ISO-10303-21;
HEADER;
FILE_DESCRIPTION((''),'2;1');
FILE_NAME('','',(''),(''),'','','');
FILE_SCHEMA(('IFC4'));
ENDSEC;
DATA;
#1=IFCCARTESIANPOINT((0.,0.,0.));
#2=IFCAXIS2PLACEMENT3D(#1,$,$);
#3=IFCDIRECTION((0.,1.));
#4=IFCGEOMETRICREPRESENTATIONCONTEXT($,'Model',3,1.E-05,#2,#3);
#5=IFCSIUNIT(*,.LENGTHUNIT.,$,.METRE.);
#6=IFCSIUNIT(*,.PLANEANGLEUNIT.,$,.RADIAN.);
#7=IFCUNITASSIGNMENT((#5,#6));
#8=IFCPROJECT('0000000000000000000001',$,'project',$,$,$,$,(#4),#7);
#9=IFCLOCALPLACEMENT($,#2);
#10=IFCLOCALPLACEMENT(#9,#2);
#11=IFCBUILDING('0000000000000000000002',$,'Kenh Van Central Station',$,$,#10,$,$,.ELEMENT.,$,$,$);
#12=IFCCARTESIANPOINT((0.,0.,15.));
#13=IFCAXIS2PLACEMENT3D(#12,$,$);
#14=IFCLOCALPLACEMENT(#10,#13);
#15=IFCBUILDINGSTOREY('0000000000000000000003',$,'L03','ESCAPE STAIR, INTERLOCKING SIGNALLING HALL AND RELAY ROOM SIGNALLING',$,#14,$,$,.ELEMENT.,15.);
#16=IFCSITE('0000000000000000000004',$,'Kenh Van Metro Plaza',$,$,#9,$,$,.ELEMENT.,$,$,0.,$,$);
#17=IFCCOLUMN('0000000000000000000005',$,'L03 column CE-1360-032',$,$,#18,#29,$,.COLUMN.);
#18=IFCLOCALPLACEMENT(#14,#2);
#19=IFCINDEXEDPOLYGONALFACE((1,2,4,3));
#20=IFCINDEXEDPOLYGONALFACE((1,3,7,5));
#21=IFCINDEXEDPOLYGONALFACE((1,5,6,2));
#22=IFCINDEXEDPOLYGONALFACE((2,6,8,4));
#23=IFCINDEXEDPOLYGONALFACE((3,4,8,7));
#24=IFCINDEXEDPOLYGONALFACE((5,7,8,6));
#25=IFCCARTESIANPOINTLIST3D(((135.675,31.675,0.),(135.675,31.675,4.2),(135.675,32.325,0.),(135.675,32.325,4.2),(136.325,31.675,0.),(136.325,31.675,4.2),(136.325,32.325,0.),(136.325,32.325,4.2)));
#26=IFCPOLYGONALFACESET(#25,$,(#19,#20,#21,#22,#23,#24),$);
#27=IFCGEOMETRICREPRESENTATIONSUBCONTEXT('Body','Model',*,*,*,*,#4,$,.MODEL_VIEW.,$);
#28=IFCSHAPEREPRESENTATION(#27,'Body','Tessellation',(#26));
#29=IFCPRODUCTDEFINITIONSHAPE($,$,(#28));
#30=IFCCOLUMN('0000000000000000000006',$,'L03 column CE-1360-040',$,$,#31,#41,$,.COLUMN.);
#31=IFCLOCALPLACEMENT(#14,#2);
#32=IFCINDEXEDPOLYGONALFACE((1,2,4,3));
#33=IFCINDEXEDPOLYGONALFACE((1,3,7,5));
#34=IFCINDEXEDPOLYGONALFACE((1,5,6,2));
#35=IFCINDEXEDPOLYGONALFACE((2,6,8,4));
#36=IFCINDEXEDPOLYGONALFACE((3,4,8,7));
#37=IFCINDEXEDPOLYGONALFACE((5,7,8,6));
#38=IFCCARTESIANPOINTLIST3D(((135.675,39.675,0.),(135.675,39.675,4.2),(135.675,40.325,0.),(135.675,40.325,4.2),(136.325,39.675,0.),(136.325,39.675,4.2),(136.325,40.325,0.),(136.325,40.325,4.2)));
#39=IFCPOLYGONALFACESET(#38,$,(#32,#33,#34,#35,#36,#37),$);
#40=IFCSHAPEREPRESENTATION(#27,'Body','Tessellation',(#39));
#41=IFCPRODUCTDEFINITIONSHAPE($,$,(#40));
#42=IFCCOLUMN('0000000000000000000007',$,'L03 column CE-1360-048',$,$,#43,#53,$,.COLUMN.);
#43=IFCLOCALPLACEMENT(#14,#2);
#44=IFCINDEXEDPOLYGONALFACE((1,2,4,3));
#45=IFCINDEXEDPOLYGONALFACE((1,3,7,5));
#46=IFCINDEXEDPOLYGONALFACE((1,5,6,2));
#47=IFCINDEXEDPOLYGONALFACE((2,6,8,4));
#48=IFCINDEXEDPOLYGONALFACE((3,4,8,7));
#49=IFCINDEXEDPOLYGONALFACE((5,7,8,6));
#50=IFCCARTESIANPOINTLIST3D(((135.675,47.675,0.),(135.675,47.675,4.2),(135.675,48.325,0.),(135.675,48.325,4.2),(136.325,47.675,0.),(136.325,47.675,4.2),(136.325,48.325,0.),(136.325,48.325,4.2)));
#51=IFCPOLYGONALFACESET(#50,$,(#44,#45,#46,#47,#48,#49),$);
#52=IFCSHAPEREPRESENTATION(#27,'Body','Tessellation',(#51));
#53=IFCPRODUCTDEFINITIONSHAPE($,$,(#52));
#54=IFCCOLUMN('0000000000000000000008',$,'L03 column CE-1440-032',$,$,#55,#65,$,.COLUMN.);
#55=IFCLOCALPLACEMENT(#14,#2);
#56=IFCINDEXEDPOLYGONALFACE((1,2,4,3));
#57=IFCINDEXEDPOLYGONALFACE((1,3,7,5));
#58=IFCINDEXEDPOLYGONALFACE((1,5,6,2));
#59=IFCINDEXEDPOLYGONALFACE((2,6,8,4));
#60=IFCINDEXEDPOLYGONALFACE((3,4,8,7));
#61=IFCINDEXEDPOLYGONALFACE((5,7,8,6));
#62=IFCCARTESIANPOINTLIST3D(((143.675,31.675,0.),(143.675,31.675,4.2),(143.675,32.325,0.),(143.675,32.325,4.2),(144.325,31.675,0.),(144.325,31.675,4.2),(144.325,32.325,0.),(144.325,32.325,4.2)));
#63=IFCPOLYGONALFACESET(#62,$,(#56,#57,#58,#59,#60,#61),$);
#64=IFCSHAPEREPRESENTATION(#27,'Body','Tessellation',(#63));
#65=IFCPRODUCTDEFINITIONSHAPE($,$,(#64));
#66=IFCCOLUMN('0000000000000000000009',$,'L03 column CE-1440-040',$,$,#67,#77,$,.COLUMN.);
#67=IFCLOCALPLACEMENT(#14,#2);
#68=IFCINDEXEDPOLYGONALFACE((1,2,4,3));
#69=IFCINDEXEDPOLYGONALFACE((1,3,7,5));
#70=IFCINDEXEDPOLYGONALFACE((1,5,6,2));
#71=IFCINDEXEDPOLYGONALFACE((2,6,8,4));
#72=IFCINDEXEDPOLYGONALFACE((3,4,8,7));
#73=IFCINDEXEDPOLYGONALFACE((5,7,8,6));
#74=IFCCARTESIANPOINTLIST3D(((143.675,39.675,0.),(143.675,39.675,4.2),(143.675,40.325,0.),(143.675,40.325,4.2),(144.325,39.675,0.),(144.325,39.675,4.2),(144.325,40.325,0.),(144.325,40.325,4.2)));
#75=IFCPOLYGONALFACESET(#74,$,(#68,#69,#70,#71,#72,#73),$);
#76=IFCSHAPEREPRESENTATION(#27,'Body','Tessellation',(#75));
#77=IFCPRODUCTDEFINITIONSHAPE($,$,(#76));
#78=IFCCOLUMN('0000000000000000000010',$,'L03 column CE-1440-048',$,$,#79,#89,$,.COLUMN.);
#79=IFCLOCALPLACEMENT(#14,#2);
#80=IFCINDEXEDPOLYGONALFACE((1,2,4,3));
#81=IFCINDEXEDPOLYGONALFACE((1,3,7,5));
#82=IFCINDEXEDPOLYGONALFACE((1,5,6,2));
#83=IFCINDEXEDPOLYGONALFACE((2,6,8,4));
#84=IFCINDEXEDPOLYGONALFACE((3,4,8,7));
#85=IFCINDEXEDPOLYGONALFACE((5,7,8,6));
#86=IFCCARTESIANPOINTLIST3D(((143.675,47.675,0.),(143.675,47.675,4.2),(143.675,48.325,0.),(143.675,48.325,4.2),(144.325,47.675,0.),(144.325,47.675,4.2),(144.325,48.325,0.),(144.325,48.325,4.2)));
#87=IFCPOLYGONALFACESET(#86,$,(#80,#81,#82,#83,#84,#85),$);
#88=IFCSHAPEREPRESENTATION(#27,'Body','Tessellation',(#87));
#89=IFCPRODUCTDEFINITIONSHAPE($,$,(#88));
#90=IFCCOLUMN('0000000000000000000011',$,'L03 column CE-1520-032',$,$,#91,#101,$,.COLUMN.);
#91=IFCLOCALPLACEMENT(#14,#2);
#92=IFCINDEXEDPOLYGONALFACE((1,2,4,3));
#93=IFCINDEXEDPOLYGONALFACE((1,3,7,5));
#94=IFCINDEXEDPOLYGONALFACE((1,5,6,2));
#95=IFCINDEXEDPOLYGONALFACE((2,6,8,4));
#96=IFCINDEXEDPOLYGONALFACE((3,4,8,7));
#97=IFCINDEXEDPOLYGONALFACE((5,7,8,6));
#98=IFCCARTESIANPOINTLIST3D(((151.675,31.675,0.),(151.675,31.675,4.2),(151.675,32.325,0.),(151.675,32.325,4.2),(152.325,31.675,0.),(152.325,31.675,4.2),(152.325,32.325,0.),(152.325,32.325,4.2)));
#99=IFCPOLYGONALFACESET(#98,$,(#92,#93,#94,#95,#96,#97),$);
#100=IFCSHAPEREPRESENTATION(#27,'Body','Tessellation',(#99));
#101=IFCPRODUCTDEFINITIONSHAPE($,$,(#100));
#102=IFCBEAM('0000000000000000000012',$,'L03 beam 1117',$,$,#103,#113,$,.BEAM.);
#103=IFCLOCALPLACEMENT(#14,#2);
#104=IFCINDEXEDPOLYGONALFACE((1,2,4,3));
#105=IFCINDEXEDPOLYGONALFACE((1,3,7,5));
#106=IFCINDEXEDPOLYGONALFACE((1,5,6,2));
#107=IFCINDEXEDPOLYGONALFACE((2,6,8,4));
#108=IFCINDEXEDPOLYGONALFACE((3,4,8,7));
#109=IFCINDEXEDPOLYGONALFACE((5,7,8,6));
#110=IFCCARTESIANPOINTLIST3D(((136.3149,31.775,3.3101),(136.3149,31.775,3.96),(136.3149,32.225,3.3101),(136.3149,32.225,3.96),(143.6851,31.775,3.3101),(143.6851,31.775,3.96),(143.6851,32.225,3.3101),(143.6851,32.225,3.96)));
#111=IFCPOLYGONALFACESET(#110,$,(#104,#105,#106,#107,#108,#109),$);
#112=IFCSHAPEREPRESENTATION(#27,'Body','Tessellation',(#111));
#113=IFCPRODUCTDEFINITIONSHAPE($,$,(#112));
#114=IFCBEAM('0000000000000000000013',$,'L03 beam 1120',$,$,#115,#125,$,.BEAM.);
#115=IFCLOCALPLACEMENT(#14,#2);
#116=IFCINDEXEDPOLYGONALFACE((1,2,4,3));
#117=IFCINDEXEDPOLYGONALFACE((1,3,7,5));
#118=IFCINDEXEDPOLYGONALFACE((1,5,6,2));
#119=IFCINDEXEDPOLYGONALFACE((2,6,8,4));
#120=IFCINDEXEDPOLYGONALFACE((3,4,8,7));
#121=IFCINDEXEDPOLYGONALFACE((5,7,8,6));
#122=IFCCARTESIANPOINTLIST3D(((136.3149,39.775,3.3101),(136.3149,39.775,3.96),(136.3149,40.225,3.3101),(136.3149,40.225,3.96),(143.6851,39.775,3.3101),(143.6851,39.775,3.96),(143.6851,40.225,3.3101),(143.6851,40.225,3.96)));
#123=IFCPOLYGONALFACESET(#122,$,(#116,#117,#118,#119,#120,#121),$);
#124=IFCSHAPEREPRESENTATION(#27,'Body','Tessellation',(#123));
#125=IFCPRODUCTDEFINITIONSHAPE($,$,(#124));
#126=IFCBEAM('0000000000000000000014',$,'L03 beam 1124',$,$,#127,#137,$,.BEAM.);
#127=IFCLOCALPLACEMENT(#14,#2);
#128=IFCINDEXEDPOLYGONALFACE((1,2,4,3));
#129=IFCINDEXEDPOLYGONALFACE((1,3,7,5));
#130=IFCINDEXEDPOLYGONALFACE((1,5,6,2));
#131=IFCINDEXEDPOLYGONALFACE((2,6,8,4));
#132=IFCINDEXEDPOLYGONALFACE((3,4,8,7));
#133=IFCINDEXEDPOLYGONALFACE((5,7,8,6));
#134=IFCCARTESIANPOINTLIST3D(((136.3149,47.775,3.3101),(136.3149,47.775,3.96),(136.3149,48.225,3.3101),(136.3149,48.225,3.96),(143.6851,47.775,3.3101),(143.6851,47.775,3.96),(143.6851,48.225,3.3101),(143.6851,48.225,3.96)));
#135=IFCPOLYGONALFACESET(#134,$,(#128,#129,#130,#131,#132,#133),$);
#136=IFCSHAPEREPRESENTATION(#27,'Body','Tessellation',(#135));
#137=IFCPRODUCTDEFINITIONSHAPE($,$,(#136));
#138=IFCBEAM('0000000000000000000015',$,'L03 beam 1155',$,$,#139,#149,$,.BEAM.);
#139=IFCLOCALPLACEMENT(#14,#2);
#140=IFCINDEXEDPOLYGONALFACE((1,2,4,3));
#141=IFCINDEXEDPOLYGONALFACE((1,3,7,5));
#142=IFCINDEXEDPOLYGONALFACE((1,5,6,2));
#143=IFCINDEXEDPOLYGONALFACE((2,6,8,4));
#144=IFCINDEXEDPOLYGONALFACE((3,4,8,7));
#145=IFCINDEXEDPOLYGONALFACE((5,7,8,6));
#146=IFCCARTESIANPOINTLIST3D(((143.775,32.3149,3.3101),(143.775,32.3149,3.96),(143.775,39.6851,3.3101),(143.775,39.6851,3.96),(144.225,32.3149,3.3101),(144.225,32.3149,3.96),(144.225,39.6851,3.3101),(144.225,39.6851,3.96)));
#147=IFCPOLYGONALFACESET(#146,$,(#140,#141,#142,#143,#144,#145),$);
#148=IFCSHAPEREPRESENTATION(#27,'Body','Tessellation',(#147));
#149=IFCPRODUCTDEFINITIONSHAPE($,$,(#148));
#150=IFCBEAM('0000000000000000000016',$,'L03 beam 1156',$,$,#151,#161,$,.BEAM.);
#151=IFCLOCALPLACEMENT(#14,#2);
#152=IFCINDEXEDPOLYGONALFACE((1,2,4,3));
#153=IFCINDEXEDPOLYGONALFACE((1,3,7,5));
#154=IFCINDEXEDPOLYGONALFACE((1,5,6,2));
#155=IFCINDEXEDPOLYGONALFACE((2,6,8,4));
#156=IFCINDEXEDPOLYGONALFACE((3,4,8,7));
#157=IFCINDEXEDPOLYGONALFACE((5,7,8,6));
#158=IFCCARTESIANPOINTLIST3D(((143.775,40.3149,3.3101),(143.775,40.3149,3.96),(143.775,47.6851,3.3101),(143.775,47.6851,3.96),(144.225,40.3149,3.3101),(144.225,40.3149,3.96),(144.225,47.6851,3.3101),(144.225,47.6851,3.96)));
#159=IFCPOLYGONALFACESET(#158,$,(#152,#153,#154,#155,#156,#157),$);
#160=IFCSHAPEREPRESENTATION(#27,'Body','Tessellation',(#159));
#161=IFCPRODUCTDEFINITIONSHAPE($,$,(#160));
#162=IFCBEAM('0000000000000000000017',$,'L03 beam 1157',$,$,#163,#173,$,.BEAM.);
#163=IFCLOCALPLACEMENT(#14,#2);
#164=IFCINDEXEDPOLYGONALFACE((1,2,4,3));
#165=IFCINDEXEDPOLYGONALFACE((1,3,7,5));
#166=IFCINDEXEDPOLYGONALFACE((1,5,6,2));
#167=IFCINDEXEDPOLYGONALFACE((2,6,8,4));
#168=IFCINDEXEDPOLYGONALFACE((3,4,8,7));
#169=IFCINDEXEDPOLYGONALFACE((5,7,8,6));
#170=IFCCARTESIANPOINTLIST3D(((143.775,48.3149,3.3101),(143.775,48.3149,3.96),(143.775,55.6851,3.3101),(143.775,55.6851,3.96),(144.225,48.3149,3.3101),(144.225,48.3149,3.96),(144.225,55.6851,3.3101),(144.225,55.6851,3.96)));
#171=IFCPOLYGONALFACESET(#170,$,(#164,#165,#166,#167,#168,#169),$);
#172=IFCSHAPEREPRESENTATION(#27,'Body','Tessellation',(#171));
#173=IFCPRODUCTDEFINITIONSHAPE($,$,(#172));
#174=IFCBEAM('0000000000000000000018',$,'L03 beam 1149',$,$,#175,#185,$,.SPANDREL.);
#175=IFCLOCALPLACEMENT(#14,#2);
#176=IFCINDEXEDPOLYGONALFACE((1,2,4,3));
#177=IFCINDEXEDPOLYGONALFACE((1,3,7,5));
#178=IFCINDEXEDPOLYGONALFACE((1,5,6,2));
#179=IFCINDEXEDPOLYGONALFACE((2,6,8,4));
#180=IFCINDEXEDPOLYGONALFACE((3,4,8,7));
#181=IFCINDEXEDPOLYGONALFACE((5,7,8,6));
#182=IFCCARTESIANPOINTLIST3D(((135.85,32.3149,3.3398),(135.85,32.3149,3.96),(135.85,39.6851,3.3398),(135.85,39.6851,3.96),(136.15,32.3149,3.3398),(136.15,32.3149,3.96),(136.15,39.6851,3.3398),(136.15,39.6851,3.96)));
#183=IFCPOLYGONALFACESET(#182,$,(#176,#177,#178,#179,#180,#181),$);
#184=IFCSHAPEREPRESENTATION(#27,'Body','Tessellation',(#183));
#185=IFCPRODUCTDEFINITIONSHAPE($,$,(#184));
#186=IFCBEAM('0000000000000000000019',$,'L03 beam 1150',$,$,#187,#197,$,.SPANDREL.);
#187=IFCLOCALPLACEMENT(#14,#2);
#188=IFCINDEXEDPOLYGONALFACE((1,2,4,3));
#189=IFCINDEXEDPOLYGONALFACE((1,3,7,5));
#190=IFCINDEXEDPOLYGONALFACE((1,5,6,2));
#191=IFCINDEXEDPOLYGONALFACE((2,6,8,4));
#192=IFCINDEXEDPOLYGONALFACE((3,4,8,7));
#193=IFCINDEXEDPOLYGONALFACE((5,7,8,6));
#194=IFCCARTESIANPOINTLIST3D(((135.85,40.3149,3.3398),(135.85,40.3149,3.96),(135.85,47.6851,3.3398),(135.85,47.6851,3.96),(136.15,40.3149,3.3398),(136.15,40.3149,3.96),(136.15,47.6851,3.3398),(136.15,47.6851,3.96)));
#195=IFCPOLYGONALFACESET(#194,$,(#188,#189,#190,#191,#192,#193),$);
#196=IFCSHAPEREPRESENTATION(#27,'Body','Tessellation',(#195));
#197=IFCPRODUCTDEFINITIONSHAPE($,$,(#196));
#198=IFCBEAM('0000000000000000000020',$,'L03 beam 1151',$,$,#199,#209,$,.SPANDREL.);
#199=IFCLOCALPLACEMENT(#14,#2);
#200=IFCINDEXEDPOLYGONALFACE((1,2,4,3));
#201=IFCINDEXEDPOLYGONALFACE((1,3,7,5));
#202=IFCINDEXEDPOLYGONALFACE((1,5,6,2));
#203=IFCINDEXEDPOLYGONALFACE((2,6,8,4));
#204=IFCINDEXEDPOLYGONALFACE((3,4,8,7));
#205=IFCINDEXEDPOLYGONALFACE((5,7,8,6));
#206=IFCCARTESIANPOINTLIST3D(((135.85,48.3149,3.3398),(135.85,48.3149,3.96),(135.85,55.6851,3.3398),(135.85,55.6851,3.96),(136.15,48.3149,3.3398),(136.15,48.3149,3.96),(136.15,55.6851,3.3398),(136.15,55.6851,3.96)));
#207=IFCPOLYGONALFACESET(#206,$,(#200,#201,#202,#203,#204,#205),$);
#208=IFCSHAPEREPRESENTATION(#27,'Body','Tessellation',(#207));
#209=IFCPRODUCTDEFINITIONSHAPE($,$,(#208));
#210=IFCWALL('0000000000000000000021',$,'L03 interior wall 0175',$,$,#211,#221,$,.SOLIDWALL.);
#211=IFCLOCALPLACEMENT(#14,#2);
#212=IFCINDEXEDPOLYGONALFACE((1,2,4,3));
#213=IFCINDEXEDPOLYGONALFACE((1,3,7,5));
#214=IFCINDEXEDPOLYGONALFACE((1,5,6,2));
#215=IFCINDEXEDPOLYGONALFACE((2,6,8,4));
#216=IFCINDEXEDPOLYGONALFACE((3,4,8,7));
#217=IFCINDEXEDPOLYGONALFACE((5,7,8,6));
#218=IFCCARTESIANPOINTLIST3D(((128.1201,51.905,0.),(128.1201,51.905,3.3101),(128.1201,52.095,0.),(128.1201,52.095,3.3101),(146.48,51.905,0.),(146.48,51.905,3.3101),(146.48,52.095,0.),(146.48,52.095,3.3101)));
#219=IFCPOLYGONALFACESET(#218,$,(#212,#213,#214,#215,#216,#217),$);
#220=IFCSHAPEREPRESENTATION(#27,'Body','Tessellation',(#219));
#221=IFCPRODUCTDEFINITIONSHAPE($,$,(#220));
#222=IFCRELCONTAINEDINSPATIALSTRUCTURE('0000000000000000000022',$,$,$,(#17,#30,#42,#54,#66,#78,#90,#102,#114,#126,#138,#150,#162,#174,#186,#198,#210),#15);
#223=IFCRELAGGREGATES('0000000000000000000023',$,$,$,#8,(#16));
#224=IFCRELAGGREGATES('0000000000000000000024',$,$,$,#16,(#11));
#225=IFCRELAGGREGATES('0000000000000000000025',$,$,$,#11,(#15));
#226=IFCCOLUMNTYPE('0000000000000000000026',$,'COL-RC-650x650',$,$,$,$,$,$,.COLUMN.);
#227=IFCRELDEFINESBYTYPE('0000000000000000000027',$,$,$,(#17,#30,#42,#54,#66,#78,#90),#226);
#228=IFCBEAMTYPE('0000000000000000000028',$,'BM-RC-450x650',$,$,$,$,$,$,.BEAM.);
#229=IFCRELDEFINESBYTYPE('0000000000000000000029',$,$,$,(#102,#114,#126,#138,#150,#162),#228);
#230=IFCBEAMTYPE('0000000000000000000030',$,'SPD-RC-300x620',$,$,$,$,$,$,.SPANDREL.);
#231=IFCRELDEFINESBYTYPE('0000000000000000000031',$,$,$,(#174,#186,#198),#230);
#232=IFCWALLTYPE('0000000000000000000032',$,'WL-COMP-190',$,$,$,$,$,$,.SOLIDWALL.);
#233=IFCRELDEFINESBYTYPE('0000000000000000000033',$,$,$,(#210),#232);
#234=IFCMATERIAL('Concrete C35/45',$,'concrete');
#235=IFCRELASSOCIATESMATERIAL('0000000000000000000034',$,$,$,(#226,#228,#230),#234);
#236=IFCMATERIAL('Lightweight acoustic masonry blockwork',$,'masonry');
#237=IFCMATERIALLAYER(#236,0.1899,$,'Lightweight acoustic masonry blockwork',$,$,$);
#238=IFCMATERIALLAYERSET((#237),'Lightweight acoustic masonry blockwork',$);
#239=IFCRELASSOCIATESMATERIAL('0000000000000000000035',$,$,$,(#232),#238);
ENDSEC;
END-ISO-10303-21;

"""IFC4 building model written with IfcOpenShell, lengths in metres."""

from ifc_helpers import new_model, si_unit, direction, frame, frame_2d, origin, origin_2d, place, context, subcontext, project, spatial, rectangle, extrude, material, layer, layer_set, material_profile, profile_set, type_object, element, save


model = new_model("IFC4")

# Units and contexts
model_context = context("Model", 3, precision=1e-05, world=origin(), true_north=direction((0.0, 1.0)))
body_context = subcontext(model_context, "Body", "Model", "MODEL_VIEW")
ifc_project = project(units=[si_unit("LENGTHUNIT", "METRE"), si_unit("PLANEANGLEUNIT", "RADIAN")], contexts=[model_context])

# Site, building, storey
site_placement = place(None, origin())
site = spatial("IfcSite", under=ifc_project, at=site_placement, Name="Kenh Van Metro Plaza", CompositionType="ELEMENT", RefElevation=0.0)
building_placement = place(site_placement, origin())
building = spatial("IfcBuilding", under=site, at=building_placement, Name="Kenh Van Central Station", CompositionType="ELEMENT")
storey_placement = place(building_placement, frame((0.0, 0.0, 15.0)))
storey = spatial("IfcBuildingStorey", under=building, at=storey_placement, Name="L03", Description="ESCAPE STAIR, INTERLOCKING SIGNALLING HALL AND RELAY ROOM SIGNALLING", CompositionType="ELEMENT", Elevation=15.0)

# Columns
ifc_material_1 = material(Name="Concrete C35/45", Category="concrete")
ifc_material_profile_1 = material_profile(ifc_material_1, rectangle(XDim=0.6499, YDim=0.6499, at=origin_2d()), Name="RC 650x650")
ifc_profile_set_1 = profile_set([ifc_material_profile_1], Name="Concrete C35/45")
column_type = type_object("IfcColumnType", Name="COL-RC-650x650", PredefinedType="COLUMN", material=ifc_profile_set_1)
for number, where, z_axis, x_axis, name in (
    (1, (136.0, 32.0, 0.0), (0.0, 0.0, 1.0), (1.0, 0.0, 0.0), "L03 column CE-1360-032"),
    (2, (136.0, 40.0, 0.0), (0.0, 0.0, 1.0), (1.0, 0.0, 0.0), "L03 column CE-1360-040"),
    (3, (136.0, 48.0, 0.0), (0.0, 0.0, 1.0), (1.0, 0.0, 0.0), "L03 column CE-1360-048"),
    (4, (144.0, 32.0, 0.0), (0.0, 0.0, 1.0), (1.0, 0.0, 0.0), "L03 column CE-1440-032"),
    (5, (144.0, 40.0, 0.0), (0.0, 0.0, 1.0), (1.0, 0.0, 0.0), "L03 column CE-1440-040"),
    (6, (144.0, 48.0, 0.0), (0.0, 0.0, 1.0), (1.0, 0.0, 0.0), "L03 column CE-1440-048"),
    (7, (152.0, 32.0, 0.0), (0.0, 0.0, 1.0), (1.0, 0.0, 0.0), "L03 column CE-1520-032"),
):
    element("IfcColumn", number, at=place(storey_placement, frame(where, z_axis=z_axis, x_axis=x_axis)), inside=storey, type_object=column_type, Name=name, PredefinedType="COLUMN", context=body_context, shape_type="SweptSolid", body=[
        extrude(rectangle(XDim=0.6499, YDim=0.6499, at=origin_2d()), origin(), (0.0, 0.0, 1.0), 4.2),
    ])

# Beams
ifc_material_profile_2 = material_profile(ifc_material_1, rectangle(XDim=0.45, YDim=0.6499, at=origin_2d()), Name="RC 450x650")
ifc_profile_set_2 = profile_set([ifc_material_profile_2], Name="Concrete C35/45")
beam_type_1 = type_object("IfcBeamType", Name="BM-RC-450x650", PredefinedType="BEAM", material=ifc_profile_set_2)
for number, where, z_axis, x_axis, name in (
    (8, (136.3149, 32.0, 3.635), (1.0, 0.0, 0.0), (0.0, 1.0, 0.0), "L03 beam 1117"),
    (9, (136.3149, 40.0, 3.635), (1.0, 0.0, 0.0), (0.0, 1.0, 0.0), "L03 beam 1120"),
    (10, (136.3149, 48.0, 3.635), (1.0, 0.0, 0.0), (0.0, 1.0, 0.0), "L03 beam 1124"),
    (11, (144.0, 32.3149, 3.635), (0.0, 1.0, 0.0), (-1.0, 0.0, 0.0), "L03 beam 1155"),
    (12, (144.0, 40.3149, 3.635), (0.0, 1.0, 0.0), (-1.0, 0.0, 0.0), "L03 beam 1156"),
    (13, (144.0, 48.3149, 3.635), (0.0, 1.0, 0.0), (-1.0, 0.0, 0.0), "L03 beam 1157"),
):
    element("IfcBeam", number, at=place(storey_placement, frame(where, z_axis=z_axis, x_axis=x_axis)), inside=storey, type_object=beam_type_1, Name=name, PredefinedType="BEAM", context=body_context, shape_type="SweptSolid", body=[
        extrude(rectangle(XDim=0.45, YDim=0.6499, at=origin_2d()), origin(), (0.0, 0.0, 1.0), 7.3701),
    ])
ifc_material_profile_3 = material_profile(ifc_material_1, rectangle(XDim=0.3, YDim=0.6201, at=origin_2d()), Name="RC 300x620")
ifc_profile_set_3 = profile_set([ifc_material_profile_3], Name="Concrete C35/45")
beam_type_2 = type_object("IfcBeamType", Name="SPD-RC-300x620", PredefinedType="SPANDREL", material=ifc_profile_set_3)
for number, where, z_axis, x_axis, name in (
    (14, (136.0, 32.3149, 3.6499), (0.0, 1.0, 0.0), (-1.0, 0.0, 0.0), "L03 beam 1149"),
    (15, (136.0, 40.3149, 3.6499), (0.0, 1.0, 0.0), (-1.0, 0.0, 0.0), "L03 beam 1150"),
    (16, (136.0, 48.3149, 3.6499), (0.0, 1.0, 0.0), (-1.0, 0.0, 0.0), "L03 beam 1151"),
):
    element("IfcBeam", number, at=place(storey_placement, frame(where, z_axis=z_axis, x_axis=x_axis)), inside=storey, type_object=beam_type_2, Name=name, PredefinedType="SPANDREL", context=body_context, shape_type="SweptSolid", body=[
        extrude(rectangle(XDim=0.3, YDim=0.6201, at=origin_2d()), origin(), (0.0, 0.0, 1.0), 7.3701),
    ])

# Wall
ifc_material_2 = material(Name="Lightweight acoustic masonry blockwork", Category="masonry")
ifc_layer_1 = layer(ifc_material_2, 0.1899, Name="Lightweight acoustic masonry blockwork")
ifc_layer_set_1 = layer_set([ifc_layer_1], Name="Lightweight acoustic masonry blockwork")
wall_type_1 = type_object("IfcWallType", Name="WL-COMP-190", PredefinedType="SOLIDWALL", material=ifc_layer_set_1)
wall_1_placement = place(storey_placement, frame((128.1201, 52.0, 0.0), z_axis=(0.0, 0.0, 1.0), x_axis=(1.0, 0.0, 0.0)))
element("IfcWall", 17, at=wall_1_placement, inside=storey, type_object=wall_type_1, Name="L03 interior wall 0175", PredefinedType="SOLIDWALL", context=body_context, shape_type="SweptSolid", body=[
    extrude(rectangle(XDim=18.3599, YDim=0.1899, at=frame_2d((9.1799, 0.0))), origin(), (0.0, 0.0, 1.0), 3.3101),
])

save(model, "model.ifc")
